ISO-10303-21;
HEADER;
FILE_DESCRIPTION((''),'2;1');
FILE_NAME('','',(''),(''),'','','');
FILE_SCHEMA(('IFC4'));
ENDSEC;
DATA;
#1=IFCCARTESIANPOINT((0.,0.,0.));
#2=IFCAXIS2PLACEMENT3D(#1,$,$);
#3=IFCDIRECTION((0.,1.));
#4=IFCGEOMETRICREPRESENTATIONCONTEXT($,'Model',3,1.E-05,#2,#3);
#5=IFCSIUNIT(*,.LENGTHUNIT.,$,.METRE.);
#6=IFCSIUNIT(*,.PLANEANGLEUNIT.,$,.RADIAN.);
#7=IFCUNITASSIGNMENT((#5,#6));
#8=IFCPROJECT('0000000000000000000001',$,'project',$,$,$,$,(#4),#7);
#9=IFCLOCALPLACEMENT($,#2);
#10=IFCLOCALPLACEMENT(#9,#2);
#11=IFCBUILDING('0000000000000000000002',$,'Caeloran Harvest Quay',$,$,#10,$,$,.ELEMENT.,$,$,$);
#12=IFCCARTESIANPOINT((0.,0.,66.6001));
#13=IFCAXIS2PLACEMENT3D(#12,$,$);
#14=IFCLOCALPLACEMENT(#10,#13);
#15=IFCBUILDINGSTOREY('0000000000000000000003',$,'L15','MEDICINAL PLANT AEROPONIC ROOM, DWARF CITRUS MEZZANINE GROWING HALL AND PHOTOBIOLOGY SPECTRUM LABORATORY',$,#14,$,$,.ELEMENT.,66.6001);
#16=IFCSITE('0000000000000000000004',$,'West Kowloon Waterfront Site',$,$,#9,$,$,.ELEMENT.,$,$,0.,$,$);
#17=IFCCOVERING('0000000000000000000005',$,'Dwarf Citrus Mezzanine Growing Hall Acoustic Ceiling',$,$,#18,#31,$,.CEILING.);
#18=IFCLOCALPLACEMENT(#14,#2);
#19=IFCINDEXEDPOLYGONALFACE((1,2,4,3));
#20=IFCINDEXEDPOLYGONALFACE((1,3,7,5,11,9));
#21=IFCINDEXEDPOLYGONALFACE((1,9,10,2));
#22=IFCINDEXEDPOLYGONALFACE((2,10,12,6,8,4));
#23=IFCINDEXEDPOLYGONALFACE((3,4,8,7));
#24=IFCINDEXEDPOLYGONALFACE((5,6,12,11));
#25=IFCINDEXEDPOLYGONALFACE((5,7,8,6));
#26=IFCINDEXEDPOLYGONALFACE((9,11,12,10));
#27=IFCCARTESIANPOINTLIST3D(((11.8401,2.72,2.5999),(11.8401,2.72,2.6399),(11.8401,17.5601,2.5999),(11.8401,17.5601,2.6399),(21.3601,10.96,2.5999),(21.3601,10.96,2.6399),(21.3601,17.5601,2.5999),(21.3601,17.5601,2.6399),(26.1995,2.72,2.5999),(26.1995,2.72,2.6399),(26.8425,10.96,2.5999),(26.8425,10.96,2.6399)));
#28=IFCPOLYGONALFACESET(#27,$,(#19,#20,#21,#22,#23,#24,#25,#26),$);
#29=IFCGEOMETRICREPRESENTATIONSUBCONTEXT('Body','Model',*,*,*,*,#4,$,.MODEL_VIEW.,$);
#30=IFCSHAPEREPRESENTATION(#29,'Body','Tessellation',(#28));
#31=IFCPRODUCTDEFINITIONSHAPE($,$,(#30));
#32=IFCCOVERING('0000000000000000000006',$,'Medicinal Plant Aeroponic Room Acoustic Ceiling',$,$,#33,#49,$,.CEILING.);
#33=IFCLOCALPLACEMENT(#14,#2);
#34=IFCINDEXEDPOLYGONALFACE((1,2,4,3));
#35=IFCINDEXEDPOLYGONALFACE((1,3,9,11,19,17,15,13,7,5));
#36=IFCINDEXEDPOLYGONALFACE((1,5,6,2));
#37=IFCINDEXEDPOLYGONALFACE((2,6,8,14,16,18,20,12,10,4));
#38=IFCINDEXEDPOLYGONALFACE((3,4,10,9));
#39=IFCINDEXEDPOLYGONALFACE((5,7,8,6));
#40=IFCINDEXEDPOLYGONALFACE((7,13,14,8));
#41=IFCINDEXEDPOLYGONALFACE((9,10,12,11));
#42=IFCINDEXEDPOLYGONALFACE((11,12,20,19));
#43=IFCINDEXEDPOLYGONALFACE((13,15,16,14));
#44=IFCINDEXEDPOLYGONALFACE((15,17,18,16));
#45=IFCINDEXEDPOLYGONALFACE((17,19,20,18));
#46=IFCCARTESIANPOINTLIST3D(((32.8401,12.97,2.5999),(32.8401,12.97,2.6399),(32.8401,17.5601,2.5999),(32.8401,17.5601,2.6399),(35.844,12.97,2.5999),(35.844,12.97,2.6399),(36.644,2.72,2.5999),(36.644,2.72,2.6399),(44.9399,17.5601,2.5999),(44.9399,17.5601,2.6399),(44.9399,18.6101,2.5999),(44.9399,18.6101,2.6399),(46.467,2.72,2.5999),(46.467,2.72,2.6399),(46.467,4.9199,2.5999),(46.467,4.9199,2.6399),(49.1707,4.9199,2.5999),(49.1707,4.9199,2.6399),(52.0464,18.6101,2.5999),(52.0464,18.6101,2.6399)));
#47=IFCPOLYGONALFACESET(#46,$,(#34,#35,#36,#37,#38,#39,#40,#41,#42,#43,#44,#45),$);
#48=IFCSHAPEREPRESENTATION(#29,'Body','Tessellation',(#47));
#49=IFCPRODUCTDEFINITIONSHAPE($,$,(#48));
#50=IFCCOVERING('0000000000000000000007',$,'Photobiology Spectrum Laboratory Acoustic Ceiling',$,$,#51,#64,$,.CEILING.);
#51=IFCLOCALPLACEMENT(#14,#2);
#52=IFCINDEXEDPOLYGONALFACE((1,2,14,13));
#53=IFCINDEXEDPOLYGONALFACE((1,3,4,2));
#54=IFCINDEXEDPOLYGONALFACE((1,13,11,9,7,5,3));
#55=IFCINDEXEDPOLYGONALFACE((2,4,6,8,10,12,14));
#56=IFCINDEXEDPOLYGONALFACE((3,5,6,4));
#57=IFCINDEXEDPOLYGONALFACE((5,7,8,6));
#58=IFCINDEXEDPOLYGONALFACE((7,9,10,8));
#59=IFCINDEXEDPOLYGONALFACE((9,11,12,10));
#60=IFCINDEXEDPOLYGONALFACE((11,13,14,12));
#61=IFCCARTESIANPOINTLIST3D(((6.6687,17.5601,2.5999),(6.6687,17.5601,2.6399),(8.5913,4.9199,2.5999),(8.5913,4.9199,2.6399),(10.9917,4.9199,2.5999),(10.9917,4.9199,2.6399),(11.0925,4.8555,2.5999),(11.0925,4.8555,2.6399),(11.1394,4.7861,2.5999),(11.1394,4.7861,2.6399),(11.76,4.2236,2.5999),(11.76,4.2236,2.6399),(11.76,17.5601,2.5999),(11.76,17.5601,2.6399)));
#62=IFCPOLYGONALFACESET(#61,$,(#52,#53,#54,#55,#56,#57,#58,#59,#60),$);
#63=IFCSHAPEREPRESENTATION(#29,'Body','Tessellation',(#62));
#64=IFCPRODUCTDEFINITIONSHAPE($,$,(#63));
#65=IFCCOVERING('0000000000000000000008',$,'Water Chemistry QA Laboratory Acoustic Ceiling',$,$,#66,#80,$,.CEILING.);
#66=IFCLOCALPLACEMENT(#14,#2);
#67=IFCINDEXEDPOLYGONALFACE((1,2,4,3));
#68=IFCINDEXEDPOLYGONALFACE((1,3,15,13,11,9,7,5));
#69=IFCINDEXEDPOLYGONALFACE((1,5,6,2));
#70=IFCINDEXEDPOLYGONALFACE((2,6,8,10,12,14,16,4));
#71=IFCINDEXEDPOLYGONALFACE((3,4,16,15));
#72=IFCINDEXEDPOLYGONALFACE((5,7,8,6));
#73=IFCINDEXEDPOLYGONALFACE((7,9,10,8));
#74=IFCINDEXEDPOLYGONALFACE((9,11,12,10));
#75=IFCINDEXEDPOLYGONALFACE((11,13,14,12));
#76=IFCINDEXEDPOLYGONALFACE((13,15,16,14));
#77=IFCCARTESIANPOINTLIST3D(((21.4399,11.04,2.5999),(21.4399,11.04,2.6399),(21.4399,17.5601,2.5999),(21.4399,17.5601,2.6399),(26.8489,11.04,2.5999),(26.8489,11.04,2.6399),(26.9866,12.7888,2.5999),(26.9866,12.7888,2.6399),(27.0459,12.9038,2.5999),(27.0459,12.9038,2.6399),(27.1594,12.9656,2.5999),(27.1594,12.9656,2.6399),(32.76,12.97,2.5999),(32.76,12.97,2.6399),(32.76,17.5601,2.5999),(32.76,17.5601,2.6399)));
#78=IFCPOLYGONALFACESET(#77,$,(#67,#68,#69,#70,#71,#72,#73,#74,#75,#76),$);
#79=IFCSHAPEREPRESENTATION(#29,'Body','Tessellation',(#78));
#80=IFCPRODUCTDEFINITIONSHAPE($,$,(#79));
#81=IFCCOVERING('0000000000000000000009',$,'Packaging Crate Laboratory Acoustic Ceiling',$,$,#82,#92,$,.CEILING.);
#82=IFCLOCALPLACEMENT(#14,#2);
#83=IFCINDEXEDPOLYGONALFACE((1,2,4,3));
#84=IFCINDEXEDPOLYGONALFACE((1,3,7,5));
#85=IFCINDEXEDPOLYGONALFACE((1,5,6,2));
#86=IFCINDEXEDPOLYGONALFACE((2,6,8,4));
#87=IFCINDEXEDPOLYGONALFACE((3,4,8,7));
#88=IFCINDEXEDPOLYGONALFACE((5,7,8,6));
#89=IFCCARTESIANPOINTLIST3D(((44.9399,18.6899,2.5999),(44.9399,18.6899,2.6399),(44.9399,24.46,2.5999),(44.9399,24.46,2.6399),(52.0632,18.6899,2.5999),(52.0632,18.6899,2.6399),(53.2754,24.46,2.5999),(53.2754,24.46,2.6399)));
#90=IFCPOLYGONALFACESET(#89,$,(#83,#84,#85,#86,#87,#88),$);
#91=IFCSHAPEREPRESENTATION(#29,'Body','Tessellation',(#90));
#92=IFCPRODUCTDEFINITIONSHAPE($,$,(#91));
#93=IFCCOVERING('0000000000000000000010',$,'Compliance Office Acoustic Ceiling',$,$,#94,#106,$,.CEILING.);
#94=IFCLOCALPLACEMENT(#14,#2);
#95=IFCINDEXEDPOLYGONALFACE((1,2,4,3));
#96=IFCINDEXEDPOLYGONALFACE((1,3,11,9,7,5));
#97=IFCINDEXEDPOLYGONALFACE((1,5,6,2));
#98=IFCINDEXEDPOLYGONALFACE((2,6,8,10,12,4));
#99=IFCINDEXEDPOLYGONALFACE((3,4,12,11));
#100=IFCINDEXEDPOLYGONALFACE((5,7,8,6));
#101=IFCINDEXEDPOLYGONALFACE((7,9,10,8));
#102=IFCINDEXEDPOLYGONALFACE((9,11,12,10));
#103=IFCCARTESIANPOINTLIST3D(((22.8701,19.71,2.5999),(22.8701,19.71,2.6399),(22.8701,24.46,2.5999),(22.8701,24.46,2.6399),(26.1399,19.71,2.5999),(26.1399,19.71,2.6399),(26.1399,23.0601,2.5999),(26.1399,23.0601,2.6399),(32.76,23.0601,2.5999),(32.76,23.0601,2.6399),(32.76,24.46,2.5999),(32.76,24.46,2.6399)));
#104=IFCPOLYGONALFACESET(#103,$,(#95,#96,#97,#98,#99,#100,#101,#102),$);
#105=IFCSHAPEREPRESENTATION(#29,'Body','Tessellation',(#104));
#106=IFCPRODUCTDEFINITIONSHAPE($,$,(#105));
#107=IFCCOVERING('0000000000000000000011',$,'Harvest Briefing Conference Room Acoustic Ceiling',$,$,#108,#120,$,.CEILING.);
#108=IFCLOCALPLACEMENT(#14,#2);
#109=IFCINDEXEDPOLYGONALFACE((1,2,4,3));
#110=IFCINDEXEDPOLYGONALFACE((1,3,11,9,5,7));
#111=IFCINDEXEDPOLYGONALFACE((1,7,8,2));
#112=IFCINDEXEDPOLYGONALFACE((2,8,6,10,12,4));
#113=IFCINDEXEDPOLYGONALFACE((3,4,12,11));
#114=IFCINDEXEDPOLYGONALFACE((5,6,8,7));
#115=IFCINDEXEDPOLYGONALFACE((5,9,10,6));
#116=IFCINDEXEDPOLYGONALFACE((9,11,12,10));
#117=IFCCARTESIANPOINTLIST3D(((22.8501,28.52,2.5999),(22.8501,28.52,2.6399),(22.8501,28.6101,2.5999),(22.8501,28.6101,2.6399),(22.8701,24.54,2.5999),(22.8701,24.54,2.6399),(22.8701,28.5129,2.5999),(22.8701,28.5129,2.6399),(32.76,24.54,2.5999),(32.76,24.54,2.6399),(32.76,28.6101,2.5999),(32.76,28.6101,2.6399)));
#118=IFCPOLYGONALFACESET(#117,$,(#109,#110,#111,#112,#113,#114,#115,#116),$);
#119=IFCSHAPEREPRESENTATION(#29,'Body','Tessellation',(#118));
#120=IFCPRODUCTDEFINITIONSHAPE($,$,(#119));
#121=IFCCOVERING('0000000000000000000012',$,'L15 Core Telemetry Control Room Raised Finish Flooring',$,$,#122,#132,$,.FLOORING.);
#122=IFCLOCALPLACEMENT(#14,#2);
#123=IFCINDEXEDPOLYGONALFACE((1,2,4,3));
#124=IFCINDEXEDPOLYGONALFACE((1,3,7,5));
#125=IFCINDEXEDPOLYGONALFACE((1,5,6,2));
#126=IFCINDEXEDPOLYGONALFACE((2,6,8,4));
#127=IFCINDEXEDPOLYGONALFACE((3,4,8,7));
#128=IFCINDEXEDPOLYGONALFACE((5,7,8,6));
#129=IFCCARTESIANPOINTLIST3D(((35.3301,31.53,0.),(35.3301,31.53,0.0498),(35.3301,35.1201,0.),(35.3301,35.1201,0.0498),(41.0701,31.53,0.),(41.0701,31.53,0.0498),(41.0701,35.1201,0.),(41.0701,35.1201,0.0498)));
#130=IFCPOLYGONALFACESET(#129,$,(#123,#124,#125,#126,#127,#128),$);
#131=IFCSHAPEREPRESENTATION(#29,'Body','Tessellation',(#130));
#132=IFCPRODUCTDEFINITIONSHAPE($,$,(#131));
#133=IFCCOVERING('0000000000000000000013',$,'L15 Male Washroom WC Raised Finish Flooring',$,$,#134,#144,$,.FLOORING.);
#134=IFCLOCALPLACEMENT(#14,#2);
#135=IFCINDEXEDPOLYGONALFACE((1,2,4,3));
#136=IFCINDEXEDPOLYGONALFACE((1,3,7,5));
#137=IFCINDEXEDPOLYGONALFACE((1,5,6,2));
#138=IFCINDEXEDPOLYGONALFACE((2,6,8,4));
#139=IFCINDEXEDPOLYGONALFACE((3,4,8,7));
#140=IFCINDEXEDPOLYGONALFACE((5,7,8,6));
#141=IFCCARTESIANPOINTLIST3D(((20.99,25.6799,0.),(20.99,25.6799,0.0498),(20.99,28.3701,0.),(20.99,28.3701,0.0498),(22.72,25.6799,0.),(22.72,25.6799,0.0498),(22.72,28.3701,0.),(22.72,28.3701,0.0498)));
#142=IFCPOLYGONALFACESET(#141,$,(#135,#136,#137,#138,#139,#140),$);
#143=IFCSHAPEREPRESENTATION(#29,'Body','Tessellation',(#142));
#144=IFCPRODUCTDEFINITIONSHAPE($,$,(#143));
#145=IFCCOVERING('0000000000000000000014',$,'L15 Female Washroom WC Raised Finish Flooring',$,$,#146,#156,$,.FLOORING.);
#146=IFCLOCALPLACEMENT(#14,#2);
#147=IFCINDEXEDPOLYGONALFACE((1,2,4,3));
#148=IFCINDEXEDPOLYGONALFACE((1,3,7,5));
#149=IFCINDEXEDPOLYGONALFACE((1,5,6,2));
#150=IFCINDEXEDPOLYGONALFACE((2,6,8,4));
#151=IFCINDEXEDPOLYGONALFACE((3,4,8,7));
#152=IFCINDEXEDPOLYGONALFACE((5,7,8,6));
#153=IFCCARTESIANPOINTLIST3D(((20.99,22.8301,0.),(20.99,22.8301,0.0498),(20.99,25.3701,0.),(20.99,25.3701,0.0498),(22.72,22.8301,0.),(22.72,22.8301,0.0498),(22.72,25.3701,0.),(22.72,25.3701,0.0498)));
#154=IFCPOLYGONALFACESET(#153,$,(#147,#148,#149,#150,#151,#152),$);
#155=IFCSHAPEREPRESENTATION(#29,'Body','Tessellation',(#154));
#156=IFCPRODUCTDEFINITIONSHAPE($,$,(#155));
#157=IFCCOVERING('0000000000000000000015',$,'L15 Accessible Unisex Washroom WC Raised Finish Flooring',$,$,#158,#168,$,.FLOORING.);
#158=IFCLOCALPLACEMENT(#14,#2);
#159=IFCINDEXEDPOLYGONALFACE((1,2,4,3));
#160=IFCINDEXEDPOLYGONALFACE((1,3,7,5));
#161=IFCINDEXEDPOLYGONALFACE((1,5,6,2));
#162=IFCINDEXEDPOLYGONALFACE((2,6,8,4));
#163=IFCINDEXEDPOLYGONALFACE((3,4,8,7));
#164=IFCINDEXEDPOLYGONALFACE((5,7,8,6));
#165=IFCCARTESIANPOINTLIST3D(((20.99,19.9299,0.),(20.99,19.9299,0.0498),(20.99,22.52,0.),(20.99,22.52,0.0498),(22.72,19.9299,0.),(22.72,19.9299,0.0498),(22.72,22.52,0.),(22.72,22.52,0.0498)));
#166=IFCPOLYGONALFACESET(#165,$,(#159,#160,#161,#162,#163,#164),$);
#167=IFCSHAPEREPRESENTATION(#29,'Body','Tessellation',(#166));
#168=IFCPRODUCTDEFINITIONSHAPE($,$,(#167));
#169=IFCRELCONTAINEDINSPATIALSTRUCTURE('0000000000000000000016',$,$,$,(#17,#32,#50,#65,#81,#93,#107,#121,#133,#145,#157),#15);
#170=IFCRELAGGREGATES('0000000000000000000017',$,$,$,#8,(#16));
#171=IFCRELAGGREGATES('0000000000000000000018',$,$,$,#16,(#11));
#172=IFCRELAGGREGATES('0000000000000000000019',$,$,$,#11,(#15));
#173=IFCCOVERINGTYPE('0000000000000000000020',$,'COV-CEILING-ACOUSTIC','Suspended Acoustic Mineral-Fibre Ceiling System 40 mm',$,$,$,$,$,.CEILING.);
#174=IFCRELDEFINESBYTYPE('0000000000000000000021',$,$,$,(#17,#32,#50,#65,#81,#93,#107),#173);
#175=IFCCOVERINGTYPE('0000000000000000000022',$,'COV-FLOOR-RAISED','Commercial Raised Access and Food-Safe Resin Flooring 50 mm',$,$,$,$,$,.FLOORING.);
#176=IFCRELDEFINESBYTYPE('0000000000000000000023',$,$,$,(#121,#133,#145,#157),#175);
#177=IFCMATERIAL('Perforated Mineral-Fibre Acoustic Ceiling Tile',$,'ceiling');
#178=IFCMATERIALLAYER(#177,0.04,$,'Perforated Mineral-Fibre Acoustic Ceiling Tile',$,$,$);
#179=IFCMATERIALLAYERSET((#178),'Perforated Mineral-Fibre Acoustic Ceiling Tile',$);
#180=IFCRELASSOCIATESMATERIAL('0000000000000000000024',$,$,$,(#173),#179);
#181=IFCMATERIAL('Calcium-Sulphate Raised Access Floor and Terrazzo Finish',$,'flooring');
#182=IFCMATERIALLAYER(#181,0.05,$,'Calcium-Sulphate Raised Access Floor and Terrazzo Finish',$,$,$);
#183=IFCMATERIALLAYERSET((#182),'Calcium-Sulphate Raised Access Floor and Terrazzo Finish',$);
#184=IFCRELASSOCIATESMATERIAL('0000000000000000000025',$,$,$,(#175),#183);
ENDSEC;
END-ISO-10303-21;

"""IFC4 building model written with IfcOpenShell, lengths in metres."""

from ifc_helpers import new_model, si_unit, direction, frame, origin, place, context, subcontext, project, spatial, polyline, outline, extrude, material, layer, layer_set, type_object, element, save


model = new_model("IFC4")

# Units and contexts
model_context = context("Model", 3, precision=1e-05, world=origin(), true_north=direction((0.0, 1.0)))
body_context = subcontext(model_context, "Body", "Model", "MODEL_VIEW")
ifc_project = project(units=[si_unit("LENGTHUNIT", "METRE"), si_unit("PLANEANGLEUNIT", "RADIAN")], contexts=[model_context])

# Site, building, storey
site_placement = place(None, origin())
site = spatial("IfcSite", under=ifc_project, at=site_placement, Name="West Kowloon Waterfront Site", CompositionType="ELEMENT", RefElevation=0.0)
building_placement = place(site_placement, origin())
building = spatial("IfcBuilding", under=site, at=building_placement, Name="Caeloran Harvest Quay", CompositionType="ELEMENT")
storey_placement = place(building_placement, frame((0.0, 0.0, 66.6001)))
storey = spatial("IfcBuildingStorey", under=building, at=storey_placement, Name="L15", Description="MEDICINAL PLANT AEROPONIC ROOM, DWARF CITRUS MEZZANINE GROWING HALL AND PHOTOBIOLOGY SPECTRUM LABORATORY", CompositionType="ELEMENT", Elevation=66.6001)

# Coverings
ifc_material_1 = material(Name="Perforated Mineral-Fibre Acoustic Ceiling Tile", Category="ceiling")
ifc_layer_1 = layer(ifc_material_1, 0.04, Name="Perforated Mineral-Fibre Acoustic Ceiling Tile")
ifc_layer_set_1 = layer_set([ifc_layer_1], Name="Perforated Mineral-Fibre Acoustic Ceiling Tile")
covering_type_1 = type_object("IfcCoveringType", Name="COV-CEILING-ACOUSTIC", Description="Suspended Acoustic Mineral-Fibre Ceiling System 40 mm", PredefinedType="CEILING", material=ifc_layer_set_1)
covering_1_placement = place(storey_placement, frame((0.0, 0.0, 2.5999)))
element("IfcCovering", 1, at=covering_1_placement, inside=storey, type_object=covering_type_1, Name="Dwarf Citrus Mezzanine Growing Hall Acoustic Ceiling", PredefinedType="CEILING", context=body_context, shape_type="SweptSolid", body=[
    extrude(outline(polyline([(21.3601, 10.96), (26.8425, 10.96), (26.1995, 2.72), (11.8401, 2.72), (11.8401, 17.5601), (21.3601, 17.5601), (21.3601, 10.96)])), origin(), (0.0, 0.0, 1.0), 0.04),
])
covering_2_placement = place(storey_placement, frame((0.0, 0.0, 2.5999)))
element("IfcCovering", 2, at=covering_2_placement, inside=storey, type_object=covering_type_1, Name="Medicinal Plant Aeroponic Room Acoustic Ceiling", PredefinedType="CEILING", context=body_context, shape_type="SweptSolid", body=[
    extrude(outline(polyline([(32.8401, 17.5601), (44.9399, 17.5601), (44.9399, 18.6101), (52.0464, 18.6101), (49.1707, 4.9199), (46.467, 4.9199), (46.467, 2.72), (36.644, 2.72), (35.844, 12.97), (32.8401, 12.97), (32.8401, 17.5601)])), origin(), (0.0, 0.0, 1.0), 0.04),
])
covering_3_placement = place(storey_placement, frame((0.0, 0.0, 2.5999)))
element("IfcCovering", 3, at=covering_3_placement, inside=storey, type_object=covering_type_1, Name="Photobiology Spectrum Laboratory Acoustic Ceiling", PredefinedType="CEILING", context=body_context, shape_type="SweptSolid", body=[
    extrude(outline(polyline([(11.76, 4.2236), (11.1394, 4.7861), (11.0925, 4.8555), (10.9917, 4.9199), (8.5913, 4.9199), (6.6687, 17.5601), (11.76, 17.5601), (11.76, 4.2236)])), origin(), (0.0, 0.0, 1.0), 0.04),
])
covering_4_placement = place(storey_placement, frame((0.0, 0.0, 2.5999)))
element("IfcCovering", 4, at=covering_4_placement, inside=storey, type_object=covering_type_1, Name="Water Chemistry QA Laboratory Acoustic Ceiling", PredefinedType="CEILING", context=body_context, shape_type="SweptSolid", body=[
    extrude(outline(polyline([(27.1594, 12.9656), (27.0459, 12.9038), (26.9866, 12.7888), (26.8489, 11.04), (21.4399, 11.04), (21.4399, 17.5601), (32.76, 17.5601), (32.76, 12.97), (27.1594, 12.9656)])), origin(), (0.0, 0.0, 1.0), 0.04),
])
covering_5_placement = place(storey_placement, frame((0.0, 0.0, 2.5999)))
element("IfcCovering", 5, at=covering_5_placement, inside=storey, type_object=covering_type_1, Name="Packaging Crate Laboratory Acoustic Ceiling", PredefinedType="CEILING", context=body_context, shape_type="SweptSolid", body=[
    extrude(outline(polyline([(44.9399, 24.46), (53.2754, 24.46), (52.0632, 18.6899), (44.9399, 18.6899), (44.9399, 24.46)])), origin(), (0.0, 0.0, 1.0), 0.04),
])
covering_6_placement = place(storey_placement, frame((0.0, 0.0, 2.5999)))
element("IfcCovering", 6, at=covering_6_placement, inside=storey, type_object=covering_type_1, Name="Compliance Office Acoustic Ceiling", PredefinedType="CEILING", context=body_context, shape_type="SweptSolid", body=[
    extrude(outline(polyline([(26.1399, 23.0601), (26.1399, 19.71), (22.8701, 19.71), (22.8701, 24.46), (32.76, 24.46), (32.76, 23.0601), (26.1399, 23.0601)])), origin(), (0.0, 0.0, 1.0), 0.04),
])
covering_7_placement = place(storey_placement, frame((0.0, 0.0, 2.5999)))
element("IfcCovering", 7, at=covering_7_placement, inside=storey, type_object=covering_type_1, Name="Harvest Briefing Conference Room Acoustic Ceiling", PredefinedType="CEILING", context=body_context, shape_type="SweptSolid", body=[
    extrude(outline(polyline([(22.8701, 28.5129), (22.8501, 28.52), (22.8501, 28.6101), (32.76, 28.6101), (32.76, 24.54), (22.8701, 24.54), (22.8701, 28.5129)])), origin(), (0.0, 0.0, 1.0), 0.04),
])
ifc_material_2 = material(Name="Calcium-Sulphate Raised Access Floor and Terrazzo Finish", Category="flooring")
ifc_layer_2 = layer(ifc_material_2, 0.05, Name="Calcium-Sulphate Raised Access Floor and Terrazzo Finish")
ifc_layer_set_2 = layer_set([ifc_layer_2], Name="Calcium-Sulphate Raised Access Floor and Terrazzo Finish")
covering_type_2 = type_object("IfcCoveringType", Name="COV-FLOOR-RAISED", Description="Commercial Raised Access and Food-Safe Resin Flooring 50 mm", PredefinedType="FLOORING", material=ifc_layer_set_2)
covering_8_placement = place(storey_placement, origin())
element("IfcCovering", 8, at=covering_8_placement, inside=storey, type_object=covering_type_2, Name="L15 Core Telemetry Control Room Raised Finish Flooring", PredefinedType="FLOORING", context=body_context, shape_type="SweptSolid", body=[
    extrude(outline(polyline([(41.0701, 35.1201), (41.0701, 31.53), (35.3301, 31.53), (35.3301, 35.1201), (41.0701, 35.1201)])), origin(), (0.0, 0.0, 1.0), 0.0498),
])
covering_9_placement = place(storey_placement, origin())
element("IfcCovering", 9, at=covering_9_placement, inside=storey, type_object=covering_type_2, Name="L15 Male Washroom WC Raised Finish Flooring", PredefinedType="FLOORING", context=body_context, shape_type="SweptSolid", body=[
    extrude(outline(polyline([(22.72, 25.6799), (20.99, 25.6799), (20.99, 28.3701), (22.72, 28.3701), (22.72, 25.6799)])), origin(), (0.0, 0.0, 1.0), 0.0498),
])
covering_10_placement = place(storey_placement, origin())
element("IfcCovering", 10, at=covering_10_placement, inside=storey, type_object=covering_type_2, Name="L15 Female Washroom WC Raised Finish Flooring", PredefinedType="FLOORING", context=body_context, shape_type="SweptSolid", body=[
    extrude(outline(polyline([(22.72, 22.8301), (20.99, 22.8301), (20.99, 25.3701), (22.72, 25.3701), (22.72, 22.8301)])), origin(), (0.0, 0.0, 1.0), 0.0498),
])
covering_11_placement = place(storey_placement, origin())
element("IfcCovering", 11, at=covering_11_placement, inside=storey, type_object=covering_type_2, Name="L15 Accessible Unisex Washroom WC Raised Finish Flooring", PredefinedType="FLOORING", context=body_context, shape_type="SweptSolid", body=[
    extrude(outline(polyline([(22.72, 19.9299), (20.99, 19.9299), (20.99, 22.52), (22.72, 22.52), (22.72, 19.9299)])), origin(), (0.0, 0.0, 1.0), 0.0498),
])

save(model, "model.ifc")
